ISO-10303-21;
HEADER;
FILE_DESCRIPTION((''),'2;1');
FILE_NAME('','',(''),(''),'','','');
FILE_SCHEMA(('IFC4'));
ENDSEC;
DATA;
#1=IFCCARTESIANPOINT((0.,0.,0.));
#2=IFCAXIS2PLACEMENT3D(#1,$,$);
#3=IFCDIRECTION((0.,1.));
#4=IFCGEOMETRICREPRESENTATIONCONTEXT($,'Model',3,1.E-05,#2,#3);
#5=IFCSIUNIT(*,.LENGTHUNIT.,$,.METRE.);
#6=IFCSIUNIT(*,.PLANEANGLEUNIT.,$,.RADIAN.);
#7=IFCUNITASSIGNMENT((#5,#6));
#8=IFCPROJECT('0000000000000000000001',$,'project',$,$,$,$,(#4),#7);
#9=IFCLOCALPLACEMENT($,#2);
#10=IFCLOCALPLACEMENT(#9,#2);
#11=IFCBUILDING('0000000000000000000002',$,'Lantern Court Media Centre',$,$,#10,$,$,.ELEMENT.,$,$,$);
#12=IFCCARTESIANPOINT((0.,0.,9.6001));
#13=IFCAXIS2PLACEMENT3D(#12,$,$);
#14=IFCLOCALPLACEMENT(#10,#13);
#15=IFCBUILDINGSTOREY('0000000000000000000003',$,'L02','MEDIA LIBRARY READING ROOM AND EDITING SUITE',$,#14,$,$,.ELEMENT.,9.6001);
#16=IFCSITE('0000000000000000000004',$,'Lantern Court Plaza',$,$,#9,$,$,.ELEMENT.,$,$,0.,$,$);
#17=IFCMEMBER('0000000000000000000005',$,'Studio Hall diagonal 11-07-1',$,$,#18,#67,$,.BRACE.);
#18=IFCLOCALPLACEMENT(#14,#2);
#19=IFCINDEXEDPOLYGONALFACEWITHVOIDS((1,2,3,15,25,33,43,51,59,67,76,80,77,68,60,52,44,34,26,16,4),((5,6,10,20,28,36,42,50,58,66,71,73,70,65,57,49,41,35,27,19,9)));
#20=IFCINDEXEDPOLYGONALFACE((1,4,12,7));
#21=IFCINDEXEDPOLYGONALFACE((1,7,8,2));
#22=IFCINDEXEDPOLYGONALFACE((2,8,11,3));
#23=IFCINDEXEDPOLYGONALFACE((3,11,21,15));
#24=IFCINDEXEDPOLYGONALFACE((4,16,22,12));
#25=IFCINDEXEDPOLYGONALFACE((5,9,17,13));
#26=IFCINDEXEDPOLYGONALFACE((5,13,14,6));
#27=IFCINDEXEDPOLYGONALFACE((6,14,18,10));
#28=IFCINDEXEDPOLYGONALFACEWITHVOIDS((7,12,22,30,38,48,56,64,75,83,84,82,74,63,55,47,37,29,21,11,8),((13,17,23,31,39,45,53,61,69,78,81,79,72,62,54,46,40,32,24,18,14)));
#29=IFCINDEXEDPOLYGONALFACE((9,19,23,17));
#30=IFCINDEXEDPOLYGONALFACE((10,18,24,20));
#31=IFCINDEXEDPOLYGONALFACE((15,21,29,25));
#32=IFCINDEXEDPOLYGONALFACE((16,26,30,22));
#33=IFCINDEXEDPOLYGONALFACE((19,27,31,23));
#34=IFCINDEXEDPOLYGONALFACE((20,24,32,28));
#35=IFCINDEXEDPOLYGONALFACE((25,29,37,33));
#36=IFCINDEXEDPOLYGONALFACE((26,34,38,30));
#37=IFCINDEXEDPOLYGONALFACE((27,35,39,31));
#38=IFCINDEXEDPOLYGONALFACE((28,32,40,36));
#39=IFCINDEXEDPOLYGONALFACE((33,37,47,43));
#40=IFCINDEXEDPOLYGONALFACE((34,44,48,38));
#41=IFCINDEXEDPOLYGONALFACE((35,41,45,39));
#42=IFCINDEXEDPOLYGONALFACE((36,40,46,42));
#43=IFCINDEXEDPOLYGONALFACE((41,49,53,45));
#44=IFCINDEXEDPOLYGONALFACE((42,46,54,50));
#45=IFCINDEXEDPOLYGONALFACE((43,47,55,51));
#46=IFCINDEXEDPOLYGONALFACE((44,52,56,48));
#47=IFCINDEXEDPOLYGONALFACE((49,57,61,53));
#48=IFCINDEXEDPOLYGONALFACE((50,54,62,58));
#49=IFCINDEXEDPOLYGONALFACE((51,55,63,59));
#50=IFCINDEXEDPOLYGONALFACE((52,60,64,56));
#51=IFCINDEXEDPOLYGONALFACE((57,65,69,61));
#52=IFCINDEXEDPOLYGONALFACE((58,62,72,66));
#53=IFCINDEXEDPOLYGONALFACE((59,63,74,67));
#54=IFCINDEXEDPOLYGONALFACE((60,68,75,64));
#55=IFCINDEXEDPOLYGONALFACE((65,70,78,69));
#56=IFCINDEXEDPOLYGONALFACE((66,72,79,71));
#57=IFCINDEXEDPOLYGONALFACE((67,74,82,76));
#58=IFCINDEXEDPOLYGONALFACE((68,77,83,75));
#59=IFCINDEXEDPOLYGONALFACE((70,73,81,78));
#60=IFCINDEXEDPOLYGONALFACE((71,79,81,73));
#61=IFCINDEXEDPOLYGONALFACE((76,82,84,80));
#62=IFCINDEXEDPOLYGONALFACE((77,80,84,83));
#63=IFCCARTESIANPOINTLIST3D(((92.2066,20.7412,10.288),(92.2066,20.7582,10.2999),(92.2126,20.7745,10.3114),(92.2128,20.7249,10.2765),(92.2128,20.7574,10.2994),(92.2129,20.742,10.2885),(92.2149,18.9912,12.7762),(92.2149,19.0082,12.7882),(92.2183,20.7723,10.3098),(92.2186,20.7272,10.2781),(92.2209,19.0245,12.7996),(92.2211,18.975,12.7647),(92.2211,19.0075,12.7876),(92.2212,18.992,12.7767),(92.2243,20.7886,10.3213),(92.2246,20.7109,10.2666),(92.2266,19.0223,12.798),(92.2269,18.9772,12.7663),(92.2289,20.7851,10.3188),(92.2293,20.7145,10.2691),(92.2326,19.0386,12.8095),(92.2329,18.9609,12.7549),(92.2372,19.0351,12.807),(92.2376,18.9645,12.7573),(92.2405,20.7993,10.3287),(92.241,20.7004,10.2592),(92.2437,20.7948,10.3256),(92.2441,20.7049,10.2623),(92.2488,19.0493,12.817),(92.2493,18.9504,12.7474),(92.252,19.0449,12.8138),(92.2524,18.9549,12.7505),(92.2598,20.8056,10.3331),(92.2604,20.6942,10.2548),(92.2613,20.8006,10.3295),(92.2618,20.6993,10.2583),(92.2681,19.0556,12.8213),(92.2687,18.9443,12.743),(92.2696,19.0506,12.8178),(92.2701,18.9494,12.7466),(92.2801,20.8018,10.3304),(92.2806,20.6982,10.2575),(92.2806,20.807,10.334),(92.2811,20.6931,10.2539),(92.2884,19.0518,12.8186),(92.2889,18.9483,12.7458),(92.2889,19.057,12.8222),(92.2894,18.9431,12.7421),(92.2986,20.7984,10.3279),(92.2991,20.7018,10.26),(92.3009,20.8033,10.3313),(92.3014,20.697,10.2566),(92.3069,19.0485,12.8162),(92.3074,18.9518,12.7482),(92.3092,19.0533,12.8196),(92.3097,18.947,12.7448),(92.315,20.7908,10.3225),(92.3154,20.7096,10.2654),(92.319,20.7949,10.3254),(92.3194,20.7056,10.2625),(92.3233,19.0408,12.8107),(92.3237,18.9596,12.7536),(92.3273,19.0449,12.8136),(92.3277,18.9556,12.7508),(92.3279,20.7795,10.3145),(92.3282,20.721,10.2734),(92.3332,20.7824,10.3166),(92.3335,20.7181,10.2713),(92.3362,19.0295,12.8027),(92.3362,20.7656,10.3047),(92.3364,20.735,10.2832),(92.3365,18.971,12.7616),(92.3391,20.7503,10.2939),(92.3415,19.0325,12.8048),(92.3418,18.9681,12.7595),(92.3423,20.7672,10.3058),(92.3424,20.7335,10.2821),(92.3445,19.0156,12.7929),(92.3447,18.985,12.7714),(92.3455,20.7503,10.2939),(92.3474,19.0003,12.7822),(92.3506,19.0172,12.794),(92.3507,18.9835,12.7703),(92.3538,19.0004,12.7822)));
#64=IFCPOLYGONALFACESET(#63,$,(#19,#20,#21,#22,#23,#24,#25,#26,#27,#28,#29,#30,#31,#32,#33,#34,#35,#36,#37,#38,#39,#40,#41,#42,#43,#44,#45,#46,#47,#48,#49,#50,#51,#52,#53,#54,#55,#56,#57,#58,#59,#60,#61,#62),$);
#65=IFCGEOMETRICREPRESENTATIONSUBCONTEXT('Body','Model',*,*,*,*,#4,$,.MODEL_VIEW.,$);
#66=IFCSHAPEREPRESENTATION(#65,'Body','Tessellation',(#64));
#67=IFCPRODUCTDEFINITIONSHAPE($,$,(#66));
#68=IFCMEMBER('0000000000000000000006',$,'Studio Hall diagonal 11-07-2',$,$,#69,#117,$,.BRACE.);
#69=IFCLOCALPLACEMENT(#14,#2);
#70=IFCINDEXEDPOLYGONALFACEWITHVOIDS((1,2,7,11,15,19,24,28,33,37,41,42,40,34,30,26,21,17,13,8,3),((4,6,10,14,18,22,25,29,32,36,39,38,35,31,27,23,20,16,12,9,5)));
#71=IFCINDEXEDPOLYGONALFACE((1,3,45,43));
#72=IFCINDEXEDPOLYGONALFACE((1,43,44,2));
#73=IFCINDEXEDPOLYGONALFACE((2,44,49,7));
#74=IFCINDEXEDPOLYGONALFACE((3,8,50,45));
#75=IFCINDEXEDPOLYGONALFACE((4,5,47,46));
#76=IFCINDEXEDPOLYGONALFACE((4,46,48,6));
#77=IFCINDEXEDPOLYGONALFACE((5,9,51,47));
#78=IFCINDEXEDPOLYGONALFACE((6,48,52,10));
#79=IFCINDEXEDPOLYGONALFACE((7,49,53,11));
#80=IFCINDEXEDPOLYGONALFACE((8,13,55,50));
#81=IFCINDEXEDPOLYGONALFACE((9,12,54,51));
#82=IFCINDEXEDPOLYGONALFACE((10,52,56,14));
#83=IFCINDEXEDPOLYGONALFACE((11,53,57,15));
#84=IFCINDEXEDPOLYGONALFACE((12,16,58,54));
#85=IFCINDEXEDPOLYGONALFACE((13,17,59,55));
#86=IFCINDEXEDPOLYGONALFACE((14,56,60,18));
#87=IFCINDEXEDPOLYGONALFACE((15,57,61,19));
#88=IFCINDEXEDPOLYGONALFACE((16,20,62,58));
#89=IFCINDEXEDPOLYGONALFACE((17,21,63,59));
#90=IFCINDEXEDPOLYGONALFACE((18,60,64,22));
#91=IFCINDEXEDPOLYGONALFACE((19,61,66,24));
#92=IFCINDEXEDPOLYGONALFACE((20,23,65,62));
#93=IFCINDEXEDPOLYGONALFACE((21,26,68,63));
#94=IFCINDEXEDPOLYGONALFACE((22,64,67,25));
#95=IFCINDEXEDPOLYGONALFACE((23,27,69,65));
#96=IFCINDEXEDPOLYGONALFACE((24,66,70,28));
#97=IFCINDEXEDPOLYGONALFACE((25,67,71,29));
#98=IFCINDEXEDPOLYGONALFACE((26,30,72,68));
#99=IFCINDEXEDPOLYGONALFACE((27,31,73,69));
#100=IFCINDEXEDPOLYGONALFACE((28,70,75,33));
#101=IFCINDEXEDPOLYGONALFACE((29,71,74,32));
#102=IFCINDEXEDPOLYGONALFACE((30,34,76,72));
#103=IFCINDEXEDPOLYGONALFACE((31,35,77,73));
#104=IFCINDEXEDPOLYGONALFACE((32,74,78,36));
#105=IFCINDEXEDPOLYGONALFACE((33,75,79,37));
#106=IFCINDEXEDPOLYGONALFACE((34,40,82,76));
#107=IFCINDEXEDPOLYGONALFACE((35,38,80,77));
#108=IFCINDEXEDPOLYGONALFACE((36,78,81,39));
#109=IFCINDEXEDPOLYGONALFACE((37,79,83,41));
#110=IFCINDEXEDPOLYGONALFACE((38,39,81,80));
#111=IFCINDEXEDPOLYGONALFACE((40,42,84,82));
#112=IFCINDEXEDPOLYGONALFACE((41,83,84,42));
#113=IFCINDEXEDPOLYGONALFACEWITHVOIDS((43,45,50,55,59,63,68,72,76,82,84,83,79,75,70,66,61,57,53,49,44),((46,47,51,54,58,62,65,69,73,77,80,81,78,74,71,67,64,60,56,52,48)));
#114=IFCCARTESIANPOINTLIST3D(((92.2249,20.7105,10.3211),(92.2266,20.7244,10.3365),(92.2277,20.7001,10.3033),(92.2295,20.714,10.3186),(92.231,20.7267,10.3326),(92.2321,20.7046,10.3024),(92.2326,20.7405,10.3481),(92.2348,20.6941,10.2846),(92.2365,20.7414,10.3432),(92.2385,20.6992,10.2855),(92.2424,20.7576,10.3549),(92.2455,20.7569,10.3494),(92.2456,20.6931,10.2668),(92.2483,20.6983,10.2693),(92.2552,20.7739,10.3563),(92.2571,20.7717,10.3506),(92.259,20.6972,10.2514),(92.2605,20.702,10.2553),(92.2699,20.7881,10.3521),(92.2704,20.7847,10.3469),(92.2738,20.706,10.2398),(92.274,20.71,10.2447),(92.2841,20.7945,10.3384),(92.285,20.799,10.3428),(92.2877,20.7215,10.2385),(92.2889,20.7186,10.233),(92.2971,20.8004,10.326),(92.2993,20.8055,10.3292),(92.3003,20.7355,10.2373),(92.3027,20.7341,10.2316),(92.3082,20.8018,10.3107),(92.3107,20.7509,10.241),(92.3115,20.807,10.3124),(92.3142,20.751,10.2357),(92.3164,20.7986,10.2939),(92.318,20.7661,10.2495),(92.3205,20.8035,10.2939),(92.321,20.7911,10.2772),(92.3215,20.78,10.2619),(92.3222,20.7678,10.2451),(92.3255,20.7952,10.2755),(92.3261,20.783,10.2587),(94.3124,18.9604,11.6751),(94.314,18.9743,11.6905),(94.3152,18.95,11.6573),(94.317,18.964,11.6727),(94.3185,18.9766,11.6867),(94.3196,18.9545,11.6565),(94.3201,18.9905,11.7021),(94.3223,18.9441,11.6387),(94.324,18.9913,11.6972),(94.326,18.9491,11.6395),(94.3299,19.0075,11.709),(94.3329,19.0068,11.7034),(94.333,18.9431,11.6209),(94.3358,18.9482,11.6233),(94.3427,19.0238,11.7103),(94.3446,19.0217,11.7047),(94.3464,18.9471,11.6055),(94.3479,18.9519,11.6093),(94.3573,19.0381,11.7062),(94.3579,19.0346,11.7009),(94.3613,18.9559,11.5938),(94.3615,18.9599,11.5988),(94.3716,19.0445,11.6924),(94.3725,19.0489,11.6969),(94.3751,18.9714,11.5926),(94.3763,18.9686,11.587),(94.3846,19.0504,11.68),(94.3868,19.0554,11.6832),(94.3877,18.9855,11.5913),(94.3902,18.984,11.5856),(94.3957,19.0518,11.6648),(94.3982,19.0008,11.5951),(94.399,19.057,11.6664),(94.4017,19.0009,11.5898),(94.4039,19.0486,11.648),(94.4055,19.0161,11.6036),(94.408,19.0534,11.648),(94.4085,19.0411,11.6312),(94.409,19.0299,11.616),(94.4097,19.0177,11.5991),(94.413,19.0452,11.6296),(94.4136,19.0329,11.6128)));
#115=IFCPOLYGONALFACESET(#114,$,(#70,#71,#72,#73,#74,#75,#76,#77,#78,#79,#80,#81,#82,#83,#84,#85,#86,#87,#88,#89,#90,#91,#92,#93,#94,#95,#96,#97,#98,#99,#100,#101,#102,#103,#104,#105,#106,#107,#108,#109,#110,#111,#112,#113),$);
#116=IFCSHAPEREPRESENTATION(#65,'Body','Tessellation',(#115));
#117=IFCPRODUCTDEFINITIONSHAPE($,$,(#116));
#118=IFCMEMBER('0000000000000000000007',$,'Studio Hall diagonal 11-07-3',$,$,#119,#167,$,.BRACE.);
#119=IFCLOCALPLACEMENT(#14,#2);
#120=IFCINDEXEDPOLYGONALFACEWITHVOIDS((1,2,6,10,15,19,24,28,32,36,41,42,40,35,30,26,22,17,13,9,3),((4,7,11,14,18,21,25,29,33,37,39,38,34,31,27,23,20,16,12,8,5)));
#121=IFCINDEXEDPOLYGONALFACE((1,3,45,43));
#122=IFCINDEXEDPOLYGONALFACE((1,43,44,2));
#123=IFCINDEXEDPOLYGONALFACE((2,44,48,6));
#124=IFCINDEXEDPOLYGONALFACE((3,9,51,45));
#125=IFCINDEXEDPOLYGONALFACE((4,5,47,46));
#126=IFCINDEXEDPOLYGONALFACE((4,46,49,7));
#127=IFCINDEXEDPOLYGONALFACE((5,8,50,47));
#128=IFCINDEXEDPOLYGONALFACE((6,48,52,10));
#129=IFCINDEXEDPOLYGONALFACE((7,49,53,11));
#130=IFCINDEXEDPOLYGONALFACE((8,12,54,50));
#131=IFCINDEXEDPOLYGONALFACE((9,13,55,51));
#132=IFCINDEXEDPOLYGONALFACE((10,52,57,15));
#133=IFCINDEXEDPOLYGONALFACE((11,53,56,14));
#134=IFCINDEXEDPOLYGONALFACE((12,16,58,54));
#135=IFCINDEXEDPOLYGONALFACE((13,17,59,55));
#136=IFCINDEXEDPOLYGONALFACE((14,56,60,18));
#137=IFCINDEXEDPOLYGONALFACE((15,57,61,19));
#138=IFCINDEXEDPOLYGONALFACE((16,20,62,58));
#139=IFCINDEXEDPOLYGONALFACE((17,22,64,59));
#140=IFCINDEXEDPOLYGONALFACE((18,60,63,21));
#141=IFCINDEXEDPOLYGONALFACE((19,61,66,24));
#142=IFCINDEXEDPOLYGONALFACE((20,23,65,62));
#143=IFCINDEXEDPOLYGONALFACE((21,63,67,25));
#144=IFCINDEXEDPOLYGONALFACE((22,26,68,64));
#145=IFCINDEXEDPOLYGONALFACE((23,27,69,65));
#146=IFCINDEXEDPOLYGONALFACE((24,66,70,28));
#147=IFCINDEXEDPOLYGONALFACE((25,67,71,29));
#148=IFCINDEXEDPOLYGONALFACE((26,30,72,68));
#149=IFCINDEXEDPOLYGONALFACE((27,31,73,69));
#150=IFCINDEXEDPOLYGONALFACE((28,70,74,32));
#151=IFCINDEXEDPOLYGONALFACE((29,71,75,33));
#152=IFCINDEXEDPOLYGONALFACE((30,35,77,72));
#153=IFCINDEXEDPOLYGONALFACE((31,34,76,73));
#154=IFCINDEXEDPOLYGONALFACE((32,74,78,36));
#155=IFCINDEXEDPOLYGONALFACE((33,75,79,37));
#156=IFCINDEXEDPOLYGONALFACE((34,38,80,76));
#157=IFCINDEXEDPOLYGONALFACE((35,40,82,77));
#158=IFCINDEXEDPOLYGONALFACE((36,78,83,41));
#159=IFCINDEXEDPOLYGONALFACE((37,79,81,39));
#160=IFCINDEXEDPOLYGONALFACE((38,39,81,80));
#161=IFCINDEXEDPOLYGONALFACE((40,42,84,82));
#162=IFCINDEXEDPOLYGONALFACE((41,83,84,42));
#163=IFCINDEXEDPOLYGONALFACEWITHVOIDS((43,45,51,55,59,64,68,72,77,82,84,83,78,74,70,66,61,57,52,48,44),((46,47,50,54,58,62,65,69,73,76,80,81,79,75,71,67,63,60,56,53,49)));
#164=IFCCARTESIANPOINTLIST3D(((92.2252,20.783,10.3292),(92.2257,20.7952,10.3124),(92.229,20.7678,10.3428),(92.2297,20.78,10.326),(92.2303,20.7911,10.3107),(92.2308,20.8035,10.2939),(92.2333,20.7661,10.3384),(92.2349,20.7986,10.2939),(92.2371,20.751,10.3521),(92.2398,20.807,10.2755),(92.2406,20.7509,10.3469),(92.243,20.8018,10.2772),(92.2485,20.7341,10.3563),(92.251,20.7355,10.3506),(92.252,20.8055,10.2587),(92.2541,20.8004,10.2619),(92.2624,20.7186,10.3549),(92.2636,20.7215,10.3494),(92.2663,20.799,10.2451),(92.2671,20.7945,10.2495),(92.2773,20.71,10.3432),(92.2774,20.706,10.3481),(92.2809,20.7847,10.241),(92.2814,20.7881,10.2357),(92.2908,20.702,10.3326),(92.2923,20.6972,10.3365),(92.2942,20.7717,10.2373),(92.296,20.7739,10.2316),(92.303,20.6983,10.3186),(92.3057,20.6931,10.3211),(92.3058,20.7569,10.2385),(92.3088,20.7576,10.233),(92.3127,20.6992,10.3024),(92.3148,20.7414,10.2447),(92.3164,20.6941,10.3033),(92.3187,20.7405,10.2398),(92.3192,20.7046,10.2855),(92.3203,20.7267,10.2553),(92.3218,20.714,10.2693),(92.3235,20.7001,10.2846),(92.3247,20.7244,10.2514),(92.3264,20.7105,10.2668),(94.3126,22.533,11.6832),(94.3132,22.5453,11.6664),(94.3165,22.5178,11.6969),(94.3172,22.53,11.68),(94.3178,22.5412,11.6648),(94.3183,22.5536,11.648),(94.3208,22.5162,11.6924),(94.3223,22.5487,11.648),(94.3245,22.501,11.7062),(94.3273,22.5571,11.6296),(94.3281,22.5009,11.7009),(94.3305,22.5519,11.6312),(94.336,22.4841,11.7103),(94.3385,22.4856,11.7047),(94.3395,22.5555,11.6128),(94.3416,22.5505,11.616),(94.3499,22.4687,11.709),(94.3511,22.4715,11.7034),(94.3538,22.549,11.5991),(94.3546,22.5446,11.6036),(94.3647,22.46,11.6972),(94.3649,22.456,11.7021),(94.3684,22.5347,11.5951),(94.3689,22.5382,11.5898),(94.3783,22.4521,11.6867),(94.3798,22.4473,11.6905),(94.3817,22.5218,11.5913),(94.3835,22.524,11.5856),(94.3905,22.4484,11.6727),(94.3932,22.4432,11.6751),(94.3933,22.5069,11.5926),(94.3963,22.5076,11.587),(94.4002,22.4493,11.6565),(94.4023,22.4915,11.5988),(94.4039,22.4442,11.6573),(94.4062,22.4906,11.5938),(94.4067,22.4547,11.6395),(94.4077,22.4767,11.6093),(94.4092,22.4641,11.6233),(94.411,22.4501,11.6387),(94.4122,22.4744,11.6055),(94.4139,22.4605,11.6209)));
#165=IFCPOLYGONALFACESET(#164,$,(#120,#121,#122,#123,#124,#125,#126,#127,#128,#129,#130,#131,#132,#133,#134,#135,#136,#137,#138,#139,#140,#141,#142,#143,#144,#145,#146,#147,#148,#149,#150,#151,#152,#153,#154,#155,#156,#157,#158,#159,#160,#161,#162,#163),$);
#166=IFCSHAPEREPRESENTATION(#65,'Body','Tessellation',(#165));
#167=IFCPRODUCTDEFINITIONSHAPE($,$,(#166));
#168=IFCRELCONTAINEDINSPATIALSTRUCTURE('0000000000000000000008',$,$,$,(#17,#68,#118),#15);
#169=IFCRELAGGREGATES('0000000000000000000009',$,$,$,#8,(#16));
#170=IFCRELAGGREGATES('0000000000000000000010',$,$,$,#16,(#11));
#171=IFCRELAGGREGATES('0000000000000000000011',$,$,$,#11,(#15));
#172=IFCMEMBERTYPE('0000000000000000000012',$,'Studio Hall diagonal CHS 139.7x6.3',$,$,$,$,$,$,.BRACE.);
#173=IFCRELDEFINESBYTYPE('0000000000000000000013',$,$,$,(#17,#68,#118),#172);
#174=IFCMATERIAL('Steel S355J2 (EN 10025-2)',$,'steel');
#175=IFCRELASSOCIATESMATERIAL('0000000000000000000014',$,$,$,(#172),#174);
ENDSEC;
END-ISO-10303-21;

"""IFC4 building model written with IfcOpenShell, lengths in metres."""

from ifc_helpers import new_model, si_unit, direction, frame, origin, origin_2d, place, context, subcontext, project, spatial, hollow_circle, extrude, material, material_profile, profile_set, type_object, element, save


model = new_model("IFC4")

# Units and contexts
model_context = context("Model", 3, precision=1e-05, world=origin(), true_north=direction((0.0, 1.0)))
body_context = subcontext(model_context, "Body", "Model", "MODEL_VIEW")
ifc_project = project(units=[si_unit("LENGTHUNIT", "METRE"), si_unit("PLANEANGLEUNIT", "RADIAN")], contexts=[model_context])

# Site, building, storey
site_placement = place(None, origin())
site = spatial("IfcSite", under=ifc_project, at=site_placement, Name="Lantern Court Plaza", CompositionType="ELEMENT", RefElevation=0.0)
building_placement = place(site_placement, origin())
building = spatial("IfcBuilding", under=site, at=building_placement, Name="Lantern Court Media Centre", CompositionType="ELEMENT")
storey_placement = place(building_placement, frame((0.0, 0.0, 9.6001)))
storey = spatial("IfcBuildingStorey", under=building, at=storey_placement, Name="L02", Description="MEDIA LIBRARY READING ROOM AND EDITING SUITE", CompositionType="ELEMENT", Elevation=9.6001)

# Members
ifc_material = material(Name="Steel S355J2 (EN 10025-2)", Category="steel")
ifc_material_profile_1 = material_profile(ifc_material, hollow_circle(Radius=0.0698, WallThickness=0.0063, at=origin_2d()), Name="Studio Hall diagonal CHS 139.7x6.3")
ifc_profile_set_1 = profile_set([ifc_material_profile_1], Name="Steel S355J2 (EN 10025-2)")
member_type_1 = type_object("IfcMemberType", Name="Studio Hall diagonal CHS 139.7x6.3", PredefinedType="BRACE", material=ifc_profile_set_1)
for number, where, z_axis, x_axis, name in (
    (1, (92.2756, 20.75, 10.2939), (0.002729, -0.575269, 0.81796), (0.999989, 0.004743, 0.0), "Studio Hall diagonal 11-07-1"),
    (2, (92.2756, 20.75, 10.2939), (0.68622, -0.575301, 0.44512), (0.642456, 0.766322, 0.0), "Studio Hall diagonal 11-07-2"),
    (3, (92.2756, 20.75, 10.2939), (0.68622, 0.575301, 0.44512), (-0.642456, 0.766322, 0.0), "Studio Hall diagonal 11-07-3"),
):
    element("IfcMember", number, at=place(storey_placement, frame(where, z_axis=z_axis, x_axis=x_axis)), inside=storey, type_object=member_type_1, Name=name, PredefinedType="BRACE", context=body_context, shape_type="SweptSolid", body=[
        extrude(hollow_circle(Radius=0.0698, WallThickness=0.0063, at=origin_2d()), origin(), (0.0, 0.0, 1.0), 3.042),
    ])

save(model, "model.ifc")
